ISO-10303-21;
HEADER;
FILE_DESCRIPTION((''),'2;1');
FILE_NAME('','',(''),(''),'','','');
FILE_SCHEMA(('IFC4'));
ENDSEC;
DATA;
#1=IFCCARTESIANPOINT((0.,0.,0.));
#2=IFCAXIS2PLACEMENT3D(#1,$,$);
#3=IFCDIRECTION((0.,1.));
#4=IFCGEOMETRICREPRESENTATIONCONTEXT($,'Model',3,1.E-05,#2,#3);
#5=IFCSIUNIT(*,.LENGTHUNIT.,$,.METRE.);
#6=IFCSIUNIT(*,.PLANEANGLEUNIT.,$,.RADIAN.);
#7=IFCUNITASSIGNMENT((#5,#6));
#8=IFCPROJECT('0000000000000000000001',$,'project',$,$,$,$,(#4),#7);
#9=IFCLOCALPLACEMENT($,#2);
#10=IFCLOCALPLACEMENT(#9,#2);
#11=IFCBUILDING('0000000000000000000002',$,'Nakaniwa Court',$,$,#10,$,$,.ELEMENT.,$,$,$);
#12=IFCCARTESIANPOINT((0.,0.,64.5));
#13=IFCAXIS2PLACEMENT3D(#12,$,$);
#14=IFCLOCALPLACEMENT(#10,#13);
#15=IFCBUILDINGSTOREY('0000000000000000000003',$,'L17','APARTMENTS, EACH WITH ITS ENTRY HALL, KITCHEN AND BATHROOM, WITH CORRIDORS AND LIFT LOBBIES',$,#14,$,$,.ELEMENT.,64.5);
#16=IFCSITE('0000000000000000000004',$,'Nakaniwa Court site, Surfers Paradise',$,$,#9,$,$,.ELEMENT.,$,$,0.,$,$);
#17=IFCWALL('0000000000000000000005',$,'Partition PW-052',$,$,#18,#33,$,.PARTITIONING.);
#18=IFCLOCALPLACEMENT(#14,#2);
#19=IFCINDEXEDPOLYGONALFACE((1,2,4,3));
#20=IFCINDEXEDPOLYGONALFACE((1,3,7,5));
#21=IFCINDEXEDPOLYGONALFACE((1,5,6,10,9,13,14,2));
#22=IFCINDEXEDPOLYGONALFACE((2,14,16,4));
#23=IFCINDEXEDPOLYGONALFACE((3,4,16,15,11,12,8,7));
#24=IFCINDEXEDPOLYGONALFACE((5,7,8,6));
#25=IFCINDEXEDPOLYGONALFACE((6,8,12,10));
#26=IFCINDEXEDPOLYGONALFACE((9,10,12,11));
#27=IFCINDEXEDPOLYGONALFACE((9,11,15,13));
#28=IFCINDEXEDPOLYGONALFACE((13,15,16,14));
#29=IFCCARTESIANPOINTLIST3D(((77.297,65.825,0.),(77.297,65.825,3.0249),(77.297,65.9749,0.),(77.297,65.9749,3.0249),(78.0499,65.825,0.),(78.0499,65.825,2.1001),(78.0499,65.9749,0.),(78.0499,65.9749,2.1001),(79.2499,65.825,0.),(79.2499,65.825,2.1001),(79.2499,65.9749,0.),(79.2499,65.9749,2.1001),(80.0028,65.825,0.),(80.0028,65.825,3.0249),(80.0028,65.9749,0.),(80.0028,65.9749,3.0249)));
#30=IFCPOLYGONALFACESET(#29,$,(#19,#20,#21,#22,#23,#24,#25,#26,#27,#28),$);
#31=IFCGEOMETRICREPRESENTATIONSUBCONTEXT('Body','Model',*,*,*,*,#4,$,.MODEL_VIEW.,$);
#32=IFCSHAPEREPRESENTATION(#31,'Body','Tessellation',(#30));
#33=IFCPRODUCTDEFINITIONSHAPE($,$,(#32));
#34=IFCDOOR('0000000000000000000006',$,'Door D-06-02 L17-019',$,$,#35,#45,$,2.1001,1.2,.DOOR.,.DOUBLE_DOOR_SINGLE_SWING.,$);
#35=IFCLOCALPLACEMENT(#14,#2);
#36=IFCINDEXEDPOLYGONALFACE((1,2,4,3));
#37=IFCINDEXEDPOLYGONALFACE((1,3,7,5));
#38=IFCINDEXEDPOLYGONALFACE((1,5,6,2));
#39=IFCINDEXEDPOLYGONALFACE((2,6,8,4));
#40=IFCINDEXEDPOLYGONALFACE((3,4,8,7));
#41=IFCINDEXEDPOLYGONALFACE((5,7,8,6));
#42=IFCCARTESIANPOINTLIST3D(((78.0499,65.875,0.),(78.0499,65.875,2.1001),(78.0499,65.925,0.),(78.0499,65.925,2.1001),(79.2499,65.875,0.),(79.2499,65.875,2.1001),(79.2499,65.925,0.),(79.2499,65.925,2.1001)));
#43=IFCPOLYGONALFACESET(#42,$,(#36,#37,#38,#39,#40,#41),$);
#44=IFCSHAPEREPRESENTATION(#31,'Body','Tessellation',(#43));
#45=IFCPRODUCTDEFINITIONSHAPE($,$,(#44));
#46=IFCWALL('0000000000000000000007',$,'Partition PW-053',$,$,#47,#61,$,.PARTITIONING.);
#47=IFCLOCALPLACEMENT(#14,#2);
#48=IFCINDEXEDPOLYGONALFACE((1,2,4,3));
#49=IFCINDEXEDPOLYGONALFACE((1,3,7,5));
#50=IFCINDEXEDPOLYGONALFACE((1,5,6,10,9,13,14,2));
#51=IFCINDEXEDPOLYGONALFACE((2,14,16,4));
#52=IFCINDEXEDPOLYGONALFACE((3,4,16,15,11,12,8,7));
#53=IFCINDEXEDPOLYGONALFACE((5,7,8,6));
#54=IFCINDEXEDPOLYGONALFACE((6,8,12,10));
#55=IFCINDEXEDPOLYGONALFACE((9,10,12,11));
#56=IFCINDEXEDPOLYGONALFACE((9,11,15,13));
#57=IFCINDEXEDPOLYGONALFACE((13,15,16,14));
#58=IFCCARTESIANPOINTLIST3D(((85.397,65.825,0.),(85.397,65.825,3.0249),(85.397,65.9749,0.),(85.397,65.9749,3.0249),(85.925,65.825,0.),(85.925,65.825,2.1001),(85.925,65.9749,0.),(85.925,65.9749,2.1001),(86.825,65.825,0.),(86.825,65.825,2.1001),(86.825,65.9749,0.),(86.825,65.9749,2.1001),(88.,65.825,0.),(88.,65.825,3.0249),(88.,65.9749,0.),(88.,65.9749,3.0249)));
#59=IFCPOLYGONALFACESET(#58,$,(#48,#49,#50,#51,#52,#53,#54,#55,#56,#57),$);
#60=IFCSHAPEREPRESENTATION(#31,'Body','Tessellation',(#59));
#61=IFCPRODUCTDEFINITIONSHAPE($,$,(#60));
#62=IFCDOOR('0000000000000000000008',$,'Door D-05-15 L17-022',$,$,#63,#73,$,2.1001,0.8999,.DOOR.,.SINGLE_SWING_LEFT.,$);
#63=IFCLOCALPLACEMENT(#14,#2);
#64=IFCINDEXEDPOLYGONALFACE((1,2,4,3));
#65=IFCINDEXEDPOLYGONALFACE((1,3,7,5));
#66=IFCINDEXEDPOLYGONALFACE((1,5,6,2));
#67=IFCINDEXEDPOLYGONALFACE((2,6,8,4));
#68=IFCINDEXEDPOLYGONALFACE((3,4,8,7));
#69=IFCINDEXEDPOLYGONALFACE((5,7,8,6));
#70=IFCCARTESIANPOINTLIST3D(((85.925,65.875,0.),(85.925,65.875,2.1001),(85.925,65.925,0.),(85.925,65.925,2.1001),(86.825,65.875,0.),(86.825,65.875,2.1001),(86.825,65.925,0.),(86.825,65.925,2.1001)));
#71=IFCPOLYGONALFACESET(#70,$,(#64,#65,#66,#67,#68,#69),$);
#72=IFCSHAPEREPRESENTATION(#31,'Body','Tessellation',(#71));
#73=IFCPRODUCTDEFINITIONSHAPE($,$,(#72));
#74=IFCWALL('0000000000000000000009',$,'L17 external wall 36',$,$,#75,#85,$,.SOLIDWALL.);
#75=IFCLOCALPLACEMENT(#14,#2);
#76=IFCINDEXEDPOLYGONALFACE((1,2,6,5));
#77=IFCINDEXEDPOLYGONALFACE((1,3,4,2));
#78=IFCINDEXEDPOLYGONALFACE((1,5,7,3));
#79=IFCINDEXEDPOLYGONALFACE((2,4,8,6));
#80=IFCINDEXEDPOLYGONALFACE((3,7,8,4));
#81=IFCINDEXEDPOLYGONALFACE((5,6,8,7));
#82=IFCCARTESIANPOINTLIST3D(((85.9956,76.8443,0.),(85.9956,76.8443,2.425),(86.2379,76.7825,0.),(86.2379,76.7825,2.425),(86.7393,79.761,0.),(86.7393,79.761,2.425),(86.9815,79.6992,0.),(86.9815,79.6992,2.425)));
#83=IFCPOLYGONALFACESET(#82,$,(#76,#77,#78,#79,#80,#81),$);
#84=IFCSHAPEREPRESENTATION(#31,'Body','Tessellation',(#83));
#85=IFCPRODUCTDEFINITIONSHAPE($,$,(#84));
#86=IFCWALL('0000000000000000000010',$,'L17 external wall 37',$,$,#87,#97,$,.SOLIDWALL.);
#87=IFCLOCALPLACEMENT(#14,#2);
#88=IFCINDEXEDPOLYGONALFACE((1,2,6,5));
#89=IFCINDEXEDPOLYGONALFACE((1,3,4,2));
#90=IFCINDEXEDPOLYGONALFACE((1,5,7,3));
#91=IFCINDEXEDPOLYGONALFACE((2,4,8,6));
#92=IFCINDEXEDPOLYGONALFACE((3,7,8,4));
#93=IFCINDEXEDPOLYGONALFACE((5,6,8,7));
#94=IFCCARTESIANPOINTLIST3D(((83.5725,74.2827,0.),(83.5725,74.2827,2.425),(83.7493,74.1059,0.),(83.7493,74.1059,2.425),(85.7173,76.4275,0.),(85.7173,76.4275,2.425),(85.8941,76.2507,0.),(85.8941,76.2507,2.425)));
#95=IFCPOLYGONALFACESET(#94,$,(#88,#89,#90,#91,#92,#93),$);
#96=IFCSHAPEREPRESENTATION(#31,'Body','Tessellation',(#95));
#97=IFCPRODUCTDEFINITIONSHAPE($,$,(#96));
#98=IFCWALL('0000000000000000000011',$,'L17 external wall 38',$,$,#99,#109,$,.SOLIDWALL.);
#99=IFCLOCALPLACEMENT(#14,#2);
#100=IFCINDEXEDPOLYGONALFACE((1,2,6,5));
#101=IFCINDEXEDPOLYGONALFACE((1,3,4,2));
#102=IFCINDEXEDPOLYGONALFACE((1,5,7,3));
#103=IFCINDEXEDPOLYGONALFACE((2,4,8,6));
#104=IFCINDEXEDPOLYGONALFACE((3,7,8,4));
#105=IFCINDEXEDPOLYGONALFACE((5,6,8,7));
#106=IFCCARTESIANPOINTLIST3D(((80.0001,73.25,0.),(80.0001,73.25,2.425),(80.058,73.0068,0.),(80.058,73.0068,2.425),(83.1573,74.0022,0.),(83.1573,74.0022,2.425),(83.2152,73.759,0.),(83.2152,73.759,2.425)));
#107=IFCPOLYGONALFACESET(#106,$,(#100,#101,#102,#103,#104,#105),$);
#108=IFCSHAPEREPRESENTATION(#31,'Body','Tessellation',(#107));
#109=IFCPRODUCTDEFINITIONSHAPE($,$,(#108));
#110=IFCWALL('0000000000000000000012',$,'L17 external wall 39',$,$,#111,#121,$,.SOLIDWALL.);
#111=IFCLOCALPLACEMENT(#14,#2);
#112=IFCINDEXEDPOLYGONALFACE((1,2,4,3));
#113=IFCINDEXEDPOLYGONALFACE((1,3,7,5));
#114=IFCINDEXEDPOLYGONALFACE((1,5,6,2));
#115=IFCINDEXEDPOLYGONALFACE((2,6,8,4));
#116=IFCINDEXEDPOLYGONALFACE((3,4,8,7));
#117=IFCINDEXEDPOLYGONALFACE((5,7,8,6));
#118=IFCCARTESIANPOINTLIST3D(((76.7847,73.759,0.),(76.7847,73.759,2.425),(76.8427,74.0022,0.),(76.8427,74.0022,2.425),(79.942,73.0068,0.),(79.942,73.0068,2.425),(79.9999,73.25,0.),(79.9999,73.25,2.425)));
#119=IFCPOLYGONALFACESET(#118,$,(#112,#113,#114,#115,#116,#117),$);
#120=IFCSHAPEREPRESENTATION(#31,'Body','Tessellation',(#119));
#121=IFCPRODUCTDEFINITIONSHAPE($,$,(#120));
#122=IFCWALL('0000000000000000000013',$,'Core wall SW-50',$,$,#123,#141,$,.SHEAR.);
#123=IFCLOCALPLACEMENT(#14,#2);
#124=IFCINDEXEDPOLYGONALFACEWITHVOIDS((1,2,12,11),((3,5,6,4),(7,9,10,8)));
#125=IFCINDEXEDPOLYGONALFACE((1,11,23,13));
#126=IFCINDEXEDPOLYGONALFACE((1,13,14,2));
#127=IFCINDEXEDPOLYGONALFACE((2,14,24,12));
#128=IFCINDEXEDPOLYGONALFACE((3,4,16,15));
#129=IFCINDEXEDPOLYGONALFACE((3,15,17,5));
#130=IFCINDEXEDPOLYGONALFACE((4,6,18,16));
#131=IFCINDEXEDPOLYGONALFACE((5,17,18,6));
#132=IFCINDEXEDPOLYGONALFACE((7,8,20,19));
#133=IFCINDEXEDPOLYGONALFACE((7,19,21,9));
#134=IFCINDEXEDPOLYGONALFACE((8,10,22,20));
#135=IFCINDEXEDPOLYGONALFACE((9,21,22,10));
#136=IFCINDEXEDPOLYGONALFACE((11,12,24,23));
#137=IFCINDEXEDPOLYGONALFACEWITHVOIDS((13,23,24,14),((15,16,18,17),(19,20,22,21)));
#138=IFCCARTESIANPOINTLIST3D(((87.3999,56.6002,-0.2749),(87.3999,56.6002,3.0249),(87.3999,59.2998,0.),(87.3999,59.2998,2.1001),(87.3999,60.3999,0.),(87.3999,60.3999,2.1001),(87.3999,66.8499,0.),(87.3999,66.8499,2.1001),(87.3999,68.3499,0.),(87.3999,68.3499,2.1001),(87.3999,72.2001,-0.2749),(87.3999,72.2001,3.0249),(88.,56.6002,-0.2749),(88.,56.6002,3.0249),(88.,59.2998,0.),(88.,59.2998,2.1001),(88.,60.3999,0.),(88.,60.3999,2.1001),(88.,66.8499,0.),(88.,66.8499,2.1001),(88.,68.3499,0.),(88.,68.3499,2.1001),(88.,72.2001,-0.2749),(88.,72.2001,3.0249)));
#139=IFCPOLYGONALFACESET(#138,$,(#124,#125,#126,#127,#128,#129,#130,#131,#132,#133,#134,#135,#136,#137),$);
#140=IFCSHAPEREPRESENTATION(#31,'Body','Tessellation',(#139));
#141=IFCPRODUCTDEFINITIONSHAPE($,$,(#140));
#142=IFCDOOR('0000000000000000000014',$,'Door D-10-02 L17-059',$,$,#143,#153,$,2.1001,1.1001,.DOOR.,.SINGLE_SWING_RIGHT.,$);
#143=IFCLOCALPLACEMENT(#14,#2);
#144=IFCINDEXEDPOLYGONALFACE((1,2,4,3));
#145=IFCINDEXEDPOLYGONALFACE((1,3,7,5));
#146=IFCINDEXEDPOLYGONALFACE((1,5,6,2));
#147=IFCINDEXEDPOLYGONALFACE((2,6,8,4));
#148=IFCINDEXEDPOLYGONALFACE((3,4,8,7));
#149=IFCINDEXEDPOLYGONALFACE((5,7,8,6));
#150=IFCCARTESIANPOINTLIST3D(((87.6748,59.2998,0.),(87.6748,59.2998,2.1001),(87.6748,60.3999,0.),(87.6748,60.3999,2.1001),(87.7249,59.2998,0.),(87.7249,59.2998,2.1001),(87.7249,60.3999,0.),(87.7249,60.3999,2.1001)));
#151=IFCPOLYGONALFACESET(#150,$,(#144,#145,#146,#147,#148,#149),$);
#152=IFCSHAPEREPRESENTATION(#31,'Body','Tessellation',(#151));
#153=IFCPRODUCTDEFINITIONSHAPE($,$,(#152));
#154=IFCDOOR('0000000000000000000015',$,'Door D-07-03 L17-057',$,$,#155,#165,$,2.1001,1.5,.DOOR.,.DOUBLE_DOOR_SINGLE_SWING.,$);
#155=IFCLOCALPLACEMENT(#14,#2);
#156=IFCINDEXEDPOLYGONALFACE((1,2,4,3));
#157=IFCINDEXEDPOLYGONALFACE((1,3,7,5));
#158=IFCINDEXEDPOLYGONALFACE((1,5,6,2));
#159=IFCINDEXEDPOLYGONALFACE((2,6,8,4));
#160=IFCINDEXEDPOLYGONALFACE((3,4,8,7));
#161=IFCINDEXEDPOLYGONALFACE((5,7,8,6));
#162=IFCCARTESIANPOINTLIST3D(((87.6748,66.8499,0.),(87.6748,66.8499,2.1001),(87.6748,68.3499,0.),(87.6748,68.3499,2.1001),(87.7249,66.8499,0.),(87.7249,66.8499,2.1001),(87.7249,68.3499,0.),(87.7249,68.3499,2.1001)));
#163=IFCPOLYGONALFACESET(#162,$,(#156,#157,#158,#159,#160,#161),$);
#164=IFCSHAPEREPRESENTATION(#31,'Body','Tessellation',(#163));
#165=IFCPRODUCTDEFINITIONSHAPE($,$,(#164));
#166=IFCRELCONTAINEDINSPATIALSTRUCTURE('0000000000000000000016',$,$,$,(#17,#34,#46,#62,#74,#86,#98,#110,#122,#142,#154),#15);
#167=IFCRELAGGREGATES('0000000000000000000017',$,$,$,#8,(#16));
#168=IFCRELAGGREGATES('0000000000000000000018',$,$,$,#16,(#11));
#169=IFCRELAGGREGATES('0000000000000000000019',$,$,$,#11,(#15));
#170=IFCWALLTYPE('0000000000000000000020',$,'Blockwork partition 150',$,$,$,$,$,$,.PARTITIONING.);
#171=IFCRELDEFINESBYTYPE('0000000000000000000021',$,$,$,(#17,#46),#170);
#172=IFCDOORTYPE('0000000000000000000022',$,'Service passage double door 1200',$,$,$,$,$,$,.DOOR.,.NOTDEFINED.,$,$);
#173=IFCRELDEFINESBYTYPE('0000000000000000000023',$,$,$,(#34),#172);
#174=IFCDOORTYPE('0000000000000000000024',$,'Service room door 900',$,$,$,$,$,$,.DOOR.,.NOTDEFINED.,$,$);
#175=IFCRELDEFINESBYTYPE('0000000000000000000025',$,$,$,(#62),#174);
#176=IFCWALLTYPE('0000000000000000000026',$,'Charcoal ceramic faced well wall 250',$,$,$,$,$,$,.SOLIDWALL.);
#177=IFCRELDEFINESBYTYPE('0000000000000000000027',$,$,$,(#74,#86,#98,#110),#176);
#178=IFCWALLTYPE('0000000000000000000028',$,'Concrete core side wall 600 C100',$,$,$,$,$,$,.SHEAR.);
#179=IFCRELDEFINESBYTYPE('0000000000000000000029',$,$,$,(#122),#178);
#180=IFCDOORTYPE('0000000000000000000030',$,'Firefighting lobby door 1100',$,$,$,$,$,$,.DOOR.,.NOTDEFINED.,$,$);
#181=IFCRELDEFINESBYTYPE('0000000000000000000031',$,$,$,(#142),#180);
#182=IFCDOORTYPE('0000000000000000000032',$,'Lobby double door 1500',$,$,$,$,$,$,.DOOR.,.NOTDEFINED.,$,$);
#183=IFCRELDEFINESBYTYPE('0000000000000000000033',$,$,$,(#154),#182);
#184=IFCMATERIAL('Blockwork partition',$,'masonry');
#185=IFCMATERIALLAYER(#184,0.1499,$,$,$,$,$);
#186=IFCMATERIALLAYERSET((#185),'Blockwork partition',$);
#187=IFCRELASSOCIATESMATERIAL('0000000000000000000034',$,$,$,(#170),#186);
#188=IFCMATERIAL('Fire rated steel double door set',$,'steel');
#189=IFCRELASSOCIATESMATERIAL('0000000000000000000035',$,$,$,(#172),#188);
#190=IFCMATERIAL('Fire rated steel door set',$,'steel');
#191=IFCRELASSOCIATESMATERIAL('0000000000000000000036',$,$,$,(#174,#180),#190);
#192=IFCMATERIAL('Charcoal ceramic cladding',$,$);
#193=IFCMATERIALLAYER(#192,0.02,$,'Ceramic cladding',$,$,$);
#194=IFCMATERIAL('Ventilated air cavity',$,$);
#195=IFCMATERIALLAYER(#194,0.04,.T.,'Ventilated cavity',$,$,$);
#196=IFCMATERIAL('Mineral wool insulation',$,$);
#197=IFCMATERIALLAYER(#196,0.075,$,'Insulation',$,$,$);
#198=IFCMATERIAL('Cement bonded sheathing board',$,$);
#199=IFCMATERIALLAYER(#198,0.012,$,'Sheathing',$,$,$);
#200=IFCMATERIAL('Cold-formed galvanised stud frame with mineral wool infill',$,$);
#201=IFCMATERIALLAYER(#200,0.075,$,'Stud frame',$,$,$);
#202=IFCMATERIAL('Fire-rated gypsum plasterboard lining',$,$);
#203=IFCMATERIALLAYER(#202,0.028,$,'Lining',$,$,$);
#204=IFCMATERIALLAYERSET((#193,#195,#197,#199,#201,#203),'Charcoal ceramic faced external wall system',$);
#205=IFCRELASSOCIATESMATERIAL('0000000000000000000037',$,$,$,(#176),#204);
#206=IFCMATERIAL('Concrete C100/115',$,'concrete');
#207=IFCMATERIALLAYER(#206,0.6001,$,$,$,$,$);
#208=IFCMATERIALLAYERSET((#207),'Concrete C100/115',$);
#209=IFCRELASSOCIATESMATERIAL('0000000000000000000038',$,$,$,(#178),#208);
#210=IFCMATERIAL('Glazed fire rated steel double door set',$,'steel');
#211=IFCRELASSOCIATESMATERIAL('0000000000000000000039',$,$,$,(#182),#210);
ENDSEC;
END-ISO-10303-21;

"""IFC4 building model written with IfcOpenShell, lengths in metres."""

from ifc_helpers import new_model, si_unit, direction, frame, frame_2d, origin, place, context, subcontext, project, spatial, rectangle, extrude, material, layer, layer_set, type_object, element, fill, save


model = new_model("IFC4")

# Units and contexts
model_context = context("Model", 3, precision=1e-05, world=origin(), true_north=direction((0.0, 1.0)))
body_context = subcontext(model_context, "Body", "Model", "MODEL_VIEW")
ifc_project = project(units=[si_unit("LENGTHUNIT", "METRE"), si_unit("PLANEANGLEUNIT", "RADIAN")], contexts=[model_context])

# Site, building, storey
site_placement = place(None, origin())
site = spatial("IfcSite", under=ifc_project, at=site_placement, Name="Nakaniwa Court site, Surfers Paradise", CompositionType="ELEMENT", RefElevation=0.0)
building_placement = place(site_placement, origin())
building = spatial("IfcBuilding", under=site, at=building_placement, Name="Nakaniwa Court", CompositionType="ELEMENT")
storey_placement = place(building_placement, frame((0.0, 0.0, 64.5)))
storey = spatial("IfcBuildingStorey", under=building, at=storey_placement, Name="L17", Description="APARTMENTS, EACH WITH ITS ENTRY HALL, KITCHEN AND BATHROOM, WITH CORRIDORS AND LIFT LOBBIES", CompositionType="ELEMENT", Elevation=64.5)

# Shared definitions
ifc_material_1 = material(Name="Concrete C100/115", Category="concrete")

# Walls, openings, doors
ifc_material_2 = material(Name="Blockwork partition", Category="masonry")
ifc_layer_1 = layer(ifc_material_2, 0.1499)
ifc_layer_set_1 = layer_set([ifc_layer_1], Name="Blockwork partition")
wall_type_1 = type_object("IfcWallType", Name="Blockwork partition 150", PredefinedType="PARTITIONING", material=ifc_layer_set_1)
wall_1_placement = place(storey_placement, frame((80.0029, 65.8999, 0.0), z_axis=(0.0, 0.0, 1.0), x_axis=(-1.0, 0.0, 0.0)))
wall_1 = element("IfcWall", 1, at=wall_1_placement, inside=storey, type_object=wall_type_1, Name="Partition PW-052", PredefinedType="PARTITIONING", context=body_context, shape_type="SweptSolid", body=[
    extrude(rectangle(XDim=2.7058, YDim=0.1499, at=frame_2d((1.353, 0.0))), origin(), (0.0, 0.0, 1.0), 3.0249),
])
opening_1_placement = place(wall_1_placement, frame((0.7529, 0.0, 0.0)))
opening_1 = element("IfcOpeningElement", 2, at=opening_1_placement, cuts=wall_1, PredefinedType="OPENING", context=body_context, shape_type="SweptSolid", body=[
    extrude(rectangle(XDim=1.2, YDim=2.1001, at=frame_2d((0.6001, 1.05))), frame((0.0, 0.085, 0.0), z_axis=(0.0, -1.0, 0.0), x_axis=(1.0, 0.0, 0.0)), (0.0, 0.0, 1.0), 0.1699),
])
ifc_material_3 = material(Name="Fire rated steel double door set", Category="steel")
door_type_1 = type_object("IfcDoorType", Name="Service passage double door 1200", OperationType="NOTDEFINED", PredefinedType="DOOR", material=ifc_material_3)
door_1_placement = place(opening_1_placement, origin())
door_1 = element("IfcDoor", 3, at=door_1_placement, inside=storey, type_object=door_type_1, Name="Door D-06-02 L17-019", OperationType="DOUBLE_DOOR_SINGLE_SWING", OverallHeight=2.1001, OverallWidth=1.2, PredefinedType="DOOR", context=body_context, shape_type="SweptSolid", body=[
    extrude(rectangle(XDim=1.2, YDim=2.1001, at=frame_2d((0.6001, 1.05))), frame((0.0, 0.0249, 0.0), z_axis=(0.0, -1.0, 0.0), x_axis=(1.0, 0.0, 0.0)), (0.0, 0.0, 1.0), 0.05),
])
fill(opening_1, door_1)
wall_2_placement = place(storey_placement, frame((88.0, 65.8999, 0.0), z_axis=(0.0, 0.0, 1.0), x_axis=(-1.0, 0.0, 0.0)))
wall_2 = element("IfcWall", 4, at=wall_2_placement, inside=storey, type_object=wall_type_1, Name="Partition PW-053", PredefinedType="PARTITIONING", context=body_context, shape_type="SweptSolid", body=[
    extrude(rectangle(XDim=2.603, YDim=0.1499, at=frame_2d((1.3015, 0.0))), origin(), (0.0, 0.0, 1.0), 3.0249),
])
opening_2_placement = place(wall_2_placement, frame((1.175, 0.0, 0.0)))
opening_2 = element("IfcOpeningElement", 5, at=opening_2_placement, cuts=wall_2, PredefinedType="OPENING", context=body_context, shape_type="SweptSolid", body=[
    extrude(rectangle(XDim=0.8999, YDim=2.1001, at=frame_2d((0.45, 1.05))), frame((0.0, 0.085, 0.0), z_axis=(0.0, -1.0, 0.0), x_axis=(1.0, 0.0, 0.0)), (0.0, 0.0, 1.0), 0.1699),
])
ifc_material_4 = material(Name="Fire rated steel door set", Category="steel")
door_type_2 = type_object("IfcDoorType", Name="Service room door 900", OperationType="NOTDEFINED", PredefinedType="DOOR", material=ifc_material_4)
door_2_placement = place(opening_2_placement, origin())
door_2 = element("IfcDoor", 6, at=door_2_placement, inside=storey, type_object=door_type_2, Name="Door D-05-15 L17-022", OperationType="SINGLE_SWING_LEFT", OverallHeight=2.1001, OverallWidth=0.8999, PredefinedType="DOOR", context=body_context, shape_type="SweptSolid", body=[
    extrude(rectangle(XDim=0.8999, YDim=2.1001, at=frame_2d((0.45, 1.05))), frame((0.0, 0.0249, 0.0), z_axis=(0.0, -1.0, 0.0), x_axis=(1.0, 0.0, 0.0)), (0.0, 0.0, 1.0), 0.05),
])
fill(opening_2, door_2)

# Walls
ifc_material_5 = material(Name="Charcoal ceramic cladding")
ifc_layer_2 = layer(ifc_material_5, 0.02, Name="Ceramic cladding")
ifc_material_6 = material(Name="Ventilated air cavity")
ifc_layer_3 = layer(ifc_material_6, 0.04, ventilated=True, Name="Ventilated cavity")
ifc_material_7 = material(Name="Mineral wool insulation")
ifc_layer_4 = layer(ifc_material_7, 0.075, Name="Insulation")
ifc_material_8 = material(Name="Cement bonded sheathing board")
ifc_layer_5 = layer(ifc_material_8, 0.012, Name="Sheathing")
ifc_material_9 = material(Name="Cold-formed galvanised stud frame with mineral wool infill")
ifc_layer_6 = layer(ifc_material_9, 0.075, Name="Stud frame")
ifc_material_10 = material(Name="Fire-rated gypsum plasterboard lining")
ifc_layer_7 = layer(ifc_material_10, 0.028, Name="Lining")
ifc_layer_set_2 = layer_set([ifc_layer_2, ifc_layer_3, ifc_layer_4, ifc_layer_5, ifc_layer_6, ifc_layer_7], Name="Charcoal ceramic faced external wall system")
wall_type_2 = type_object("IfcWallType", Name="Charcoal ceramic faced well wall 250", PredefinedType="SOLIDWALL", material=ifc_layer_set_2)
wall_3_placement = place(storey_placement, frame((86.8604, 79.73, 0.0), z_axis=(0.0, 0.0, 1.0), x_axis=(-0.247056, -0.969001, 0.0)))
element("IfcWall", 7, at=wall_3_placement, inside=storey, type_object=wall_type_2, Name="L17 external wall 36", PredefinedType="SOLIDWALL", context=body_context, shape_type="SweptSolid", body=[
    extrude(rectangle(XDim=3.01, YDim=0.25, at=frame_2d((1.5049, 0.0))), origin(), (0.0, 0.0, 1.0), 2.425),
])
wall_4_placement = place(storey_placement, frame((85.8057, 76.3391, 0.0), z_axis=(0.0, 0.0, 1.0), x_axis=(-0.707107, -0.707107, 0.0)))
element("IfcWall", 8, at=wall_4_placement, inside=storey, type_object=wall_type_2, Name="L17 external wall 37", PredefinedType="SOLIDWALL", context=body_context, shape_type="SweptSolid", body=[
    extrude(rectangle(XDim=3.0332, YDim=0.25, at=frame_2d((1.5166, 0.0))), origin(), (0.0, 0.0, 1.0), 2.425),
])
for number, where, z_axis, x_axis, name in (
    (9, (83.1863, 73.8806, 0.0), (0.0, 0.0, 1.0), (-0.972773, -0.23176, 0.0), "L17 external wall 38"),
    (10, (79.9709, 73.1284, 0.0), (0.0, 0.0, 1.0), (-0.972773, 0.23176, 0.0), "L17 external wall 39"),
):
    element("IfcWall", number, at=place(storey_placement, frame(where, z_axis=z_axis, x_axis=x_axis)), inside=storey, type_object=wall_type_2, Name=name, PredefinedType="SOLIDWALL", context=body_context, shape_type="SweptSolid", body=[
        extrude(rectangle(XDim=3.2456, YDim=0.25, at=frame_2d((1.6228, 0.0))), origin(), (0.0, 0.0, 1.0), 2.425),
    ])

# Wall, openings, doors
ifc_layer_8 = layer(ifc_material_1, 0.6001)
ifc_layer_set_3 = layer_set([ifc_layer_8], Name="Concrete C100/115")
wall_type_3 = type_object("IfcWallType", Name="Concrete core side wall 600 C100", PredefinedType="SHEAR", material=ifc_layer_set_3)
wall_5_placement = place(storey_placement, frame((87.7, 72.2, -0.2749), z_axis=(0.0, 0.0, 1.0), x_axis=(0.0, -1.0, 0.0)))
wall_5 = element("IfcWall", 11, at=wall_5_placement, inside=storey, type_object=wall_type_3, Name="Core wall SW-50", PredefinedType="SHEAR", context=body_context, shape_type="SweptSolid", body=[
    extrude(rectangle(XDim=15.5999, YDim=0.6001, at=frame_2d((7.7998, 0.0))), origin(), (0.0, 0.0, 1.0), 3.2998),
])
opening_3_placement = place(wall_5_placement, frame((3.8501, 0.0, 0.2749)))
opening_3 = element("IfcOpeningElement", 12, at=opening_3_placement, cuts=wall_5, PredefinedType="OPENING", context=body_context, shape_type="SweptSolid", body=[
    extrude(rectangle(XDim=1.5, YDim=2.1001, at=frame_2d((0.75, 1.05))), frame((0.0, 0.3101, 0.0), z_axis=(0.0, -1.0, 0.0), x_axis=(1.0, 0.0, 0.0)), (0.0, 0.0, 1.0), 0.6201),
])
opening_4_placement = place(wall_5_placement, frame((11.8, 0.0, 0.2749)))
opening_4 = element("IfcOpeningElement", 13, at=opening_4_placement, cuts=wall_5, PredefinedType="OPENING", context=body_context, shape_type="SweptSolid", body=[
    extrude(rectangle(XDim=1.1001, YDim=2.1001, at=frame_2d((0.55, 1.05))), frame((0.0, 0.3101, 0.0), z_axis=(0.0, -1.0, 0.0), x_axis=(1.0, 0.0, 0.0)), (0.0, 0.0, 1.0), 0.6201),
])
door_type_3 = type_object("IfcDoorType", Name="Firefighting lobby door 1100", OperationType="NOTDEFINED", PredefinedType="DOOR", material=ifc_material_4)
door_3_placement = place(opening_4_placement, origin())
door_3 = element("IfcDoor", 14, at=door_3_placement, inside=storey, type_object=door_type_3, Name="Door D-10-02 L17-059", OperationType="SINGLE_SWING_RIGHT", OverallHeight=2.1001, OverallWidth=1.1001, PredefinedType="DOOR", context=body_context, shape_type="SweptSolid", body=[
    extrude(rectangle(XDim=1.1001, YDim=2.1001, at=frame_2d((0.55, 1.05))), frame((0.0, 0.0249, 0.0), z_axis=(0.0, -1.0, 0.0), x_axis=(1.0, 0.0, 0.0)), (0.0, 0.0, 1.0), 0.05),
])
fill(opening_4, door_3)
ifc_material_11 = material(Name="Glazed fire rated steel double door set", Category="steel")
door_type_4 = type_object("IfcDoorType", Name="Lobby double door 1500", OperationType="NOTDEFINED", PredefinedType="DOOR", material=ifc_material_11)
door_4_placement = place(opening_3_placement, origin())
door_4 = element("IfcDoor", 15, at=door_4_placement, inside=storey, type_object=door_type_4, Name="Door D-07-03 L17-057", OperationType="DOUBLE_DOOR_SINGLE_SWING", OverallHeight=2.1001, OverallWidth=1.5, PredefinedType="DOOR", context=body_context, shape_type="SweptSolid", body=[
    extrude(rectangle(XDim=1.5, YDim=2.1001, at=frame_2d((0.75, 1.05))), frame((0.0, 0.0249, 0.0), z_axis=(0.0, -1.0, 0.0), x_axis=(1.0, 0.0, 0.0)), (0.0, 0.0, 1.0), 0.05),
])
fill(opening_3, door_4)

save(model, "model.ifc")
